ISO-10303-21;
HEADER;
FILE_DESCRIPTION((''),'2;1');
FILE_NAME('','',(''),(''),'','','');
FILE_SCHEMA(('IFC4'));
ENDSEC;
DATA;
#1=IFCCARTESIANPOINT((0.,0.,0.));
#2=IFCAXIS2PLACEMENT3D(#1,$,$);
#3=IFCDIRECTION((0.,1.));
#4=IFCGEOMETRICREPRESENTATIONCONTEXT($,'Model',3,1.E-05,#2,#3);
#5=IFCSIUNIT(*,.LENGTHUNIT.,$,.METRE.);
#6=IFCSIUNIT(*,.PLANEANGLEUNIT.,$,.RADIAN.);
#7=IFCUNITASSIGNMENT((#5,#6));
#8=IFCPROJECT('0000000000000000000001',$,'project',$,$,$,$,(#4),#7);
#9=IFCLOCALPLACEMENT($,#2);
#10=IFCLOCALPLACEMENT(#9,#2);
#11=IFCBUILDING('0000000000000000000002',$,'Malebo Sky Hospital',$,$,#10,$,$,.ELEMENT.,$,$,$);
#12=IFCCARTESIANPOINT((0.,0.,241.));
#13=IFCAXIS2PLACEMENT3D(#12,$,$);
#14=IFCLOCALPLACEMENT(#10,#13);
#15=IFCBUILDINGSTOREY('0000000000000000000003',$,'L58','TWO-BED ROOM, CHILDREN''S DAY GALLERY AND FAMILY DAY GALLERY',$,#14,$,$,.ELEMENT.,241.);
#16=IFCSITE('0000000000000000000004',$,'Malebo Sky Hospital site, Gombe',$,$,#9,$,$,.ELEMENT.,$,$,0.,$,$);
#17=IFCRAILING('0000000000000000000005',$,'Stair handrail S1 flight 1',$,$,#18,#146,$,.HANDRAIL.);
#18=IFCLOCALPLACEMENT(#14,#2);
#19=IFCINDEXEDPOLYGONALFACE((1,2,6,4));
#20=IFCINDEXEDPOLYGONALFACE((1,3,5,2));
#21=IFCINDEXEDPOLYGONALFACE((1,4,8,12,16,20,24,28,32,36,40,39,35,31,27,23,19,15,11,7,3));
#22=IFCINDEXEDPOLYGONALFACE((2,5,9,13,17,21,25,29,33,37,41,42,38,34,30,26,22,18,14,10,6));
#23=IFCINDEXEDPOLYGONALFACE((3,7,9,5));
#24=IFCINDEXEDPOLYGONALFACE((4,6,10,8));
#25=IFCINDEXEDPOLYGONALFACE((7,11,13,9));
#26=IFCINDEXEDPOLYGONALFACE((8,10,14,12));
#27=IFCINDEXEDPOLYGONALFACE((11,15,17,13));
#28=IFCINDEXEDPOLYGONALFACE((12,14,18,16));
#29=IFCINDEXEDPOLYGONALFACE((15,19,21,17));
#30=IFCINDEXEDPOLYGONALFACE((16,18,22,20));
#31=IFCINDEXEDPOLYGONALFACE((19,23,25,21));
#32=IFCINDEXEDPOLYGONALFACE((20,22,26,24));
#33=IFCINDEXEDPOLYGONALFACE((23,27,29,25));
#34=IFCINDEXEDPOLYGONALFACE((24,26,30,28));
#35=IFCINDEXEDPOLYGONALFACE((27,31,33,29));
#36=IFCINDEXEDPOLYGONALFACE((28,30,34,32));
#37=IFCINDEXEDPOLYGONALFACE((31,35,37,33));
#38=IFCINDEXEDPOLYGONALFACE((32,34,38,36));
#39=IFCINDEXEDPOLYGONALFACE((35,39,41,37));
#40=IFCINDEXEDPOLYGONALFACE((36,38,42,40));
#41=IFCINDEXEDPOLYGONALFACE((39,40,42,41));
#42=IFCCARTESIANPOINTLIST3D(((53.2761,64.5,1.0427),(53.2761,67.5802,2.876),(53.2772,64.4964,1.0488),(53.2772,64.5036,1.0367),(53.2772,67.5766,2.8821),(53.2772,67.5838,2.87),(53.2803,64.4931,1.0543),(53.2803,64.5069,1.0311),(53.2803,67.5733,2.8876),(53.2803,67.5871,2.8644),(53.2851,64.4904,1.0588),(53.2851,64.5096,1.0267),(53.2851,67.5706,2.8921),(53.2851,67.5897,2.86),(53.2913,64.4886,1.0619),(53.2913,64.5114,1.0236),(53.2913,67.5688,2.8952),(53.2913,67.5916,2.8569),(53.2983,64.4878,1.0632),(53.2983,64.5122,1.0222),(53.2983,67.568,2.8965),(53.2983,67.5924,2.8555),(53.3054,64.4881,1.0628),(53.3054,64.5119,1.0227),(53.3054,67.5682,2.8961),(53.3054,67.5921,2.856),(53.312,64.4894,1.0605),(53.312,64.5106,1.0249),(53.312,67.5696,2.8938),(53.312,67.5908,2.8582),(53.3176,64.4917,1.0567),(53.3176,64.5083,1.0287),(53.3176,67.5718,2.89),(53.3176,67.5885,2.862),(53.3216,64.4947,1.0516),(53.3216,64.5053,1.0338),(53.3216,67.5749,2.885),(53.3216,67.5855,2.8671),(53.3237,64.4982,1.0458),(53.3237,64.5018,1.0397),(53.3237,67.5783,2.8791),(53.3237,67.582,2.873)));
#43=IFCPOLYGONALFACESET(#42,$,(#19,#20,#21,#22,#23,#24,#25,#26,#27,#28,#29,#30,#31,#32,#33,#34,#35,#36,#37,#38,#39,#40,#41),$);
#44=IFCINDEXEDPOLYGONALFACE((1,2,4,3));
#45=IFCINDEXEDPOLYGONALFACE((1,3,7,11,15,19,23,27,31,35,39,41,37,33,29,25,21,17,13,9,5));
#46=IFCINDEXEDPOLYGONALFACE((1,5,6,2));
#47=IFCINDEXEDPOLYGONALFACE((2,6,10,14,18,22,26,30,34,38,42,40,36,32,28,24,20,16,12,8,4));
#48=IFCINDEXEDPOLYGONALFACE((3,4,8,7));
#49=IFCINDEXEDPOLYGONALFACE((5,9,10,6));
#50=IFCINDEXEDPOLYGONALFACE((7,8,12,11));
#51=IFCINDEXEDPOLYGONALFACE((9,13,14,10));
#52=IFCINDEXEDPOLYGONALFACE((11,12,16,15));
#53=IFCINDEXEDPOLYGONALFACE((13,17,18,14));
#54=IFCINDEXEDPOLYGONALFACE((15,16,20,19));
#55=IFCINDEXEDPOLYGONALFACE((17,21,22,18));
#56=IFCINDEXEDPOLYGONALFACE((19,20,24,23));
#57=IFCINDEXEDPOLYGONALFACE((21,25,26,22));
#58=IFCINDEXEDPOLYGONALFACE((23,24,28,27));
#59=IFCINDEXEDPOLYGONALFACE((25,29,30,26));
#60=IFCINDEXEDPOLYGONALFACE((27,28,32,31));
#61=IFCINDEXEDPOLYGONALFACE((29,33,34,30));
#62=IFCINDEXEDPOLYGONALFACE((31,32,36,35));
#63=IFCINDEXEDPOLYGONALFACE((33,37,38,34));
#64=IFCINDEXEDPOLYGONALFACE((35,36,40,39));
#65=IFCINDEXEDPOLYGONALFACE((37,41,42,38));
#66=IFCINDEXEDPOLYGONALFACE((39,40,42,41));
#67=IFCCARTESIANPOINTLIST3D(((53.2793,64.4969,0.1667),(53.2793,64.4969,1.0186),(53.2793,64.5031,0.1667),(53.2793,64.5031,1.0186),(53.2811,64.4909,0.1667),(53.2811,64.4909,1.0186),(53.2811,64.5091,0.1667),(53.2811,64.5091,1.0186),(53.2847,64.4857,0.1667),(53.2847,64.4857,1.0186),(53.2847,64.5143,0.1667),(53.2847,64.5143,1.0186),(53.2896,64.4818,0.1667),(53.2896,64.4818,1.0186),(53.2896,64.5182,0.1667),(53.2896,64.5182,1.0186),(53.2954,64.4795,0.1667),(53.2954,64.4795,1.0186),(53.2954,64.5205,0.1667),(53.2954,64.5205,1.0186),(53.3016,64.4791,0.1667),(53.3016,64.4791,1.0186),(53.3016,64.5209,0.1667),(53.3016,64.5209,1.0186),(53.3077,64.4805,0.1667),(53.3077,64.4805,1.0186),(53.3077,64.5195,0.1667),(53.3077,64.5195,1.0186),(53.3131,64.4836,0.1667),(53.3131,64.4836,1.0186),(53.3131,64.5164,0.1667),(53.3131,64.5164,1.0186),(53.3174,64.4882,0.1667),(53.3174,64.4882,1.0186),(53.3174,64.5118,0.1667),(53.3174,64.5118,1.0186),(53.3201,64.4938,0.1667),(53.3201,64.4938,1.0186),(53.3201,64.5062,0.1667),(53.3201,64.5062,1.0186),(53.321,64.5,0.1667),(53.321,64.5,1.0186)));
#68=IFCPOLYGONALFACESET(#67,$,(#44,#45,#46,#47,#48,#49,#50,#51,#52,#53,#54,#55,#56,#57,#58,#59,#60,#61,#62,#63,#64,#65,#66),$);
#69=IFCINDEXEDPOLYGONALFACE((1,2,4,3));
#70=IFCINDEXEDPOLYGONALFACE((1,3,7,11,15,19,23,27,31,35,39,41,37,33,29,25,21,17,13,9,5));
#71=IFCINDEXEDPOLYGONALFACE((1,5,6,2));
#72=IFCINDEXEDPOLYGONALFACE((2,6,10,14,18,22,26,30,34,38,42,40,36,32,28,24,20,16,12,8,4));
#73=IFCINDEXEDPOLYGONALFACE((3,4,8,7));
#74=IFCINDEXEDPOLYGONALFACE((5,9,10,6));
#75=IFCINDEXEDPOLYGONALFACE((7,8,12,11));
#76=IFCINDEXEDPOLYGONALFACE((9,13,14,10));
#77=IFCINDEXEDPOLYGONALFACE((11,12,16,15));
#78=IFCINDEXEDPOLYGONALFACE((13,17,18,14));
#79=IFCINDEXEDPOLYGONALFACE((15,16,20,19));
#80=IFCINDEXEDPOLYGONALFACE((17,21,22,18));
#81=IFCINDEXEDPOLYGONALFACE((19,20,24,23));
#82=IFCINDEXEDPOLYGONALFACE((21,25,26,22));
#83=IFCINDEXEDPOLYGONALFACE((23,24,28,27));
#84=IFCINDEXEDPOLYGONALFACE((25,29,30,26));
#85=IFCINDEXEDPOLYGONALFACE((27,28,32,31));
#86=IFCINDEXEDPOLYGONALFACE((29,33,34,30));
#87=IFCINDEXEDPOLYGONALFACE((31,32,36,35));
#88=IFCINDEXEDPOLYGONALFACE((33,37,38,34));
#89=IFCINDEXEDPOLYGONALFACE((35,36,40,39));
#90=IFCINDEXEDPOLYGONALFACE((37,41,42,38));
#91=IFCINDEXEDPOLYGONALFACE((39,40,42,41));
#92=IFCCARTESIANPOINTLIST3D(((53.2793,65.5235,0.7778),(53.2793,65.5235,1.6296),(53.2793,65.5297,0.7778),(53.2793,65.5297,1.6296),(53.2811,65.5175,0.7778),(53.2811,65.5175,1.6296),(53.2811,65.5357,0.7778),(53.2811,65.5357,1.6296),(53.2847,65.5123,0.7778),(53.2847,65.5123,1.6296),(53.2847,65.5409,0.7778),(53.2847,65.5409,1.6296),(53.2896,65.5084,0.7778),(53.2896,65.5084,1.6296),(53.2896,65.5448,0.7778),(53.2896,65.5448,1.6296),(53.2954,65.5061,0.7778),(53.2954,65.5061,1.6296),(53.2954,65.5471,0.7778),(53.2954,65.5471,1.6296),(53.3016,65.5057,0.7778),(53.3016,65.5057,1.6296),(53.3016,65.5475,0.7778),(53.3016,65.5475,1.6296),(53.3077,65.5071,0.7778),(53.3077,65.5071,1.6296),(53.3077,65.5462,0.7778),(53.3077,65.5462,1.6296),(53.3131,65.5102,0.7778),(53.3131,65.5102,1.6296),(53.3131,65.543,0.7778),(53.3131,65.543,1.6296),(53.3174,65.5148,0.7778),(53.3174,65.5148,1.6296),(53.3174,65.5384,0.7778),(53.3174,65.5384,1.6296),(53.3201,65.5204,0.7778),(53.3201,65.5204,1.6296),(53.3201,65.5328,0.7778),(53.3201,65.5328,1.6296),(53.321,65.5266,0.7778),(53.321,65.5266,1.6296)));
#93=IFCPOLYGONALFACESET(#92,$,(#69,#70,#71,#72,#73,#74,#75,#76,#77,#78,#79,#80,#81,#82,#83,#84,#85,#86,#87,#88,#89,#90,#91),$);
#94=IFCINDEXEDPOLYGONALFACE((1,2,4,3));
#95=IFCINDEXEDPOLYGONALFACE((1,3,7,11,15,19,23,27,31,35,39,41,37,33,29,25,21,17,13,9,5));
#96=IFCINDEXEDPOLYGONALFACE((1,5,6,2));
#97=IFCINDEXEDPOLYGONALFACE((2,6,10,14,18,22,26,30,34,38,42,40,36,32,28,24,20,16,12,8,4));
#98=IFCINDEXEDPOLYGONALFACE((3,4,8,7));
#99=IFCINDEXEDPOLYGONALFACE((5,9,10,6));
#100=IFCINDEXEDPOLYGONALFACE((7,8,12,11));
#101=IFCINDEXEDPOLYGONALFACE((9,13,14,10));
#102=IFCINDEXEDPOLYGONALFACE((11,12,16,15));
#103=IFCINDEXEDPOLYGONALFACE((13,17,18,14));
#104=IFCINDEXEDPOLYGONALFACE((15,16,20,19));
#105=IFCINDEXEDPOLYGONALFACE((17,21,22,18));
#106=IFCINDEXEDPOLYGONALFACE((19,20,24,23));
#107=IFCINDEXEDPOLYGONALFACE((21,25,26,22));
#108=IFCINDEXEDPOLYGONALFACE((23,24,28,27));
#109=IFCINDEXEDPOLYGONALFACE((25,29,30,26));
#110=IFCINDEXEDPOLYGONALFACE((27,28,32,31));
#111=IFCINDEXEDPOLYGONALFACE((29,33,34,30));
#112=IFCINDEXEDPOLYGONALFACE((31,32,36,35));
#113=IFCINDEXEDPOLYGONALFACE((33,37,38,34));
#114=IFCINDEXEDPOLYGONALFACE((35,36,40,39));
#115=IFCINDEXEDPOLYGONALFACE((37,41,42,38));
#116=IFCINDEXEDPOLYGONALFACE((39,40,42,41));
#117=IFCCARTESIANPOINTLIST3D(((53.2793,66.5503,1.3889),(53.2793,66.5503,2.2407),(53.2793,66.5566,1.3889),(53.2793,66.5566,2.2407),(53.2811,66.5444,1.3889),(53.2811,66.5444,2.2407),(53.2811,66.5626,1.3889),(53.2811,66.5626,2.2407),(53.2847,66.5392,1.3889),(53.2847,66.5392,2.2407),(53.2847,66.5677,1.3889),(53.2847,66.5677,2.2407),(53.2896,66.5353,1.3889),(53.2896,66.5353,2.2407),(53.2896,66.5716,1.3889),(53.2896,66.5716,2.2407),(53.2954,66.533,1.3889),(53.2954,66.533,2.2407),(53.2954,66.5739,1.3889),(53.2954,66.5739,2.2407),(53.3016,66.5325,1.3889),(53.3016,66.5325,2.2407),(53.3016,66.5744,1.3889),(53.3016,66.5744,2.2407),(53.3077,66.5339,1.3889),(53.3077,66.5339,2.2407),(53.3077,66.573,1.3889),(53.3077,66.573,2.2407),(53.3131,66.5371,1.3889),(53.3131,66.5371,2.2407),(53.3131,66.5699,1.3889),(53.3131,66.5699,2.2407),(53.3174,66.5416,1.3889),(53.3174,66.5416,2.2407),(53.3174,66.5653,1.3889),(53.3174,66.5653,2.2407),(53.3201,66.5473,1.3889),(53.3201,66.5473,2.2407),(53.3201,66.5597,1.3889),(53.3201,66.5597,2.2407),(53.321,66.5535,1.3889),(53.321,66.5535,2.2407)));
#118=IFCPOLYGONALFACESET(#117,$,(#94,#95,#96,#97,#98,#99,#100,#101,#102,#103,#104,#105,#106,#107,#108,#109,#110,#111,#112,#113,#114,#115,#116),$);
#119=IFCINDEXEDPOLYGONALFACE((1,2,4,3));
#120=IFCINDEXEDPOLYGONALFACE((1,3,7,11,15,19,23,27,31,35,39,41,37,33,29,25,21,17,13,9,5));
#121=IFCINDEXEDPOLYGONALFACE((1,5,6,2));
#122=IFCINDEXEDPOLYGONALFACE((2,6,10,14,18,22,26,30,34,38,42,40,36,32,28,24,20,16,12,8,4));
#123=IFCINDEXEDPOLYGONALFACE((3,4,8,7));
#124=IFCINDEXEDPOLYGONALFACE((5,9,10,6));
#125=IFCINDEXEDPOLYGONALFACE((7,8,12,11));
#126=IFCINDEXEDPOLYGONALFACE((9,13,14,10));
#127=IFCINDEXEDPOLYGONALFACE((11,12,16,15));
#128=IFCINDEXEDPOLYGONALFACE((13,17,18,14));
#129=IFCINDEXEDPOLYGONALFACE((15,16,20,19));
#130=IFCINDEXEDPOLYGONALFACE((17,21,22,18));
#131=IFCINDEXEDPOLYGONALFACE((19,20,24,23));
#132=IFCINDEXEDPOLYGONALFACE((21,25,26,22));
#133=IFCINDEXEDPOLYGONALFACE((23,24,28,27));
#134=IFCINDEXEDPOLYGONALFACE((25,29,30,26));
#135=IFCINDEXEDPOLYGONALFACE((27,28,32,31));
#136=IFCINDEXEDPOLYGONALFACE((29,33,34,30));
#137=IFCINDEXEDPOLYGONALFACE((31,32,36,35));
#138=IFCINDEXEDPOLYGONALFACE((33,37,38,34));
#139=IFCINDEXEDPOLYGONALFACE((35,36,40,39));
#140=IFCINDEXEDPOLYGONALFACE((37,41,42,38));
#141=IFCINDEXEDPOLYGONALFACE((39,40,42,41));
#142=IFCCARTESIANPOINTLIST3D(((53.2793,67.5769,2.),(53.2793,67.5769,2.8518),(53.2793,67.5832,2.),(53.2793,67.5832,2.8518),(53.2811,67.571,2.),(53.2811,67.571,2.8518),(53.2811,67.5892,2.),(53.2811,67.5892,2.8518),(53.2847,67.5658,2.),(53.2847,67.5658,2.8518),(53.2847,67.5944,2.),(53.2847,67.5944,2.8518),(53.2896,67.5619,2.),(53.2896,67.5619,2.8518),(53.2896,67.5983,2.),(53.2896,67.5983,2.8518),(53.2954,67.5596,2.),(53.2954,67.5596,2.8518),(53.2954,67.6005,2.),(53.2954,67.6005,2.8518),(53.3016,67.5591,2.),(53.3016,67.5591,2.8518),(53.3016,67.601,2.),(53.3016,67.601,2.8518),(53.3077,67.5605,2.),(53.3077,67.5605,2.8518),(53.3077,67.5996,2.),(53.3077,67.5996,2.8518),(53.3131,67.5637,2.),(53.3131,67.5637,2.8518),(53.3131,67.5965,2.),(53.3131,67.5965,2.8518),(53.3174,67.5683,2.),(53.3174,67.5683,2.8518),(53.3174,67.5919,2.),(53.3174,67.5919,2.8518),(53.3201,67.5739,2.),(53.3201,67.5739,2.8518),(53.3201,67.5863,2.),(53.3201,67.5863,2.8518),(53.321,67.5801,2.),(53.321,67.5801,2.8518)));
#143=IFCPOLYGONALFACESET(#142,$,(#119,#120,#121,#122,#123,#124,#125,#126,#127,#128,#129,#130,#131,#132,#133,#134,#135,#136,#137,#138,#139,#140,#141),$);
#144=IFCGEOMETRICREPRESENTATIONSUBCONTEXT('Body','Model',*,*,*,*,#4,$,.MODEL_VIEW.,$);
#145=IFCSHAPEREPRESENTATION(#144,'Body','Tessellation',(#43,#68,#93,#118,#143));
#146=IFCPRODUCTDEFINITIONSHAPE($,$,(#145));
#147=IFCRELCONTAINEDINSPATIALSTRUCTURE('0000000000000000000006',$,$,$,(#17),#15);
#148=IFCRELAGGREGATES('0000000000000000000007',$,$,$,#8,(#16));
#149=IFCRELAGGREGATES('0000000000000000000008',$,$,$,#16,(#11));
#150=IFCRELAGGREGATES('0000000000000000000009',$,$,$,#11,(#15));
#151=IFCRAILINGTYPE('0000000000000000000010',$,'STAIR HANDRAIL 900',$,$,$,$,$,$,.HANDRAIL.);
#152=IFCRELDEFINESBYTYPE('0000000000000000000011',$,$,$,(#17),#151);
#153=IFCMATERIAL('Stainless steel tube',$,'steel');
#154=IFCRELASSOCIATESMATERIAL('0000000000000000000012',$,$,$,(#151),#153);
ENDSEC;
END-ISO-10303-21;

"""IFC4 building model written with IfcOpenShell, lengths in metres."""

from ifc_helpers import new_model, si_unit, direction, frame, origin, origin_2d, place, context, subcontext, project, spatial, circle, extrude, material, type_object, element, save


model = new_model("IFC4")

# Units and contexts
model_context = context("Model", 3, precision=1e-05, world=origin(), true_north=direction((0.0, 1.0)))
body_context = subcontext(model_context, "Body", "Model", "MODEL_VIEW")
ifc_project = project(units=[si_unit("LENGTHUNIT", "METRE"), si_unit("PLANEANGLEUNIT", "RADIAN")], contexts=[model_context])

# Site, building, storey
site_placement = place(None, origin())
site = spatial("IfcSite", under=ifc_project, at=site_placement, Name="Malebo Sky Hospital site, Gombe", CompositionType="ELEMENT", RefElevation=0.0)
building_placement = place(site_placement, origin())
building = spatial("IfcBuilding", under=site, at=building_placement, Name="Malebo Sky Hospital", CompositionType="ELEMENT")
storey_placement = place(building_placement, frame((0.0, 0.0, 241.0)))
storey = spatial("IfcBuildingStorey", under=building, at=storey_placement, Name="L58", Description="TWO-BED ROOM, CHILDREN'S DAY GALLERY AND FAMILY DAY GALLERY", CompositionType="ELEMENT", Elevation=241.0)

# Railing
ifc_material_1 = material(Name="Stainless steel tube", Category="steel")
railing_type = type_object("IfcRailingType", Name="STAIR HANDRAIL 900", PredefinedType="HANDRAIL", material=ifc_material_1)
railing_1_placement = place(storey_placement, frame((53.3, 64.5, 0.1667)))
element("IfcRailing", 1, at=railing_1_placement, inside=storey, type_object=railing_type, Name="Stair handrail S1 flight 1", PredefinedType="HANDRAIL", context=body_context, shape_type="SweptSolid", body=[
    extrude(circle(Radius=0.0239, at=origin_2d()), frame((0.0, 0.0, 0.876), z_axis=(0.0, 0.859309, 0.511458), x_axis=(-1.0, 0.0, 0.0)), (0.0, 0.0, 1.0), 3.5845),
    extrude(circle(Radius=0.021, at=origin_2d()), origin(), (0.0, 0.0, 1.0), 0.8518),
    extrude(circle(Radius=0.021, at=origin_2d()), frame((0.0, 1.0266, 0.6111)), (0.0, 0.0, 1.0), 0.8518),
    extrude(circle(Radius=0.021, at=origin_2d()), frame((0.0, 2.0535, 1.2222)), (0.0, 0.0, 1.0), 0.8518),
    extrude(circle(Radius=0.021, at=origin_2d()), frame((0.0, 3.0801, 1.8333)), (0.0, 0.0, 1.0), 0.8518),
])

save(model, "model.ifc")
